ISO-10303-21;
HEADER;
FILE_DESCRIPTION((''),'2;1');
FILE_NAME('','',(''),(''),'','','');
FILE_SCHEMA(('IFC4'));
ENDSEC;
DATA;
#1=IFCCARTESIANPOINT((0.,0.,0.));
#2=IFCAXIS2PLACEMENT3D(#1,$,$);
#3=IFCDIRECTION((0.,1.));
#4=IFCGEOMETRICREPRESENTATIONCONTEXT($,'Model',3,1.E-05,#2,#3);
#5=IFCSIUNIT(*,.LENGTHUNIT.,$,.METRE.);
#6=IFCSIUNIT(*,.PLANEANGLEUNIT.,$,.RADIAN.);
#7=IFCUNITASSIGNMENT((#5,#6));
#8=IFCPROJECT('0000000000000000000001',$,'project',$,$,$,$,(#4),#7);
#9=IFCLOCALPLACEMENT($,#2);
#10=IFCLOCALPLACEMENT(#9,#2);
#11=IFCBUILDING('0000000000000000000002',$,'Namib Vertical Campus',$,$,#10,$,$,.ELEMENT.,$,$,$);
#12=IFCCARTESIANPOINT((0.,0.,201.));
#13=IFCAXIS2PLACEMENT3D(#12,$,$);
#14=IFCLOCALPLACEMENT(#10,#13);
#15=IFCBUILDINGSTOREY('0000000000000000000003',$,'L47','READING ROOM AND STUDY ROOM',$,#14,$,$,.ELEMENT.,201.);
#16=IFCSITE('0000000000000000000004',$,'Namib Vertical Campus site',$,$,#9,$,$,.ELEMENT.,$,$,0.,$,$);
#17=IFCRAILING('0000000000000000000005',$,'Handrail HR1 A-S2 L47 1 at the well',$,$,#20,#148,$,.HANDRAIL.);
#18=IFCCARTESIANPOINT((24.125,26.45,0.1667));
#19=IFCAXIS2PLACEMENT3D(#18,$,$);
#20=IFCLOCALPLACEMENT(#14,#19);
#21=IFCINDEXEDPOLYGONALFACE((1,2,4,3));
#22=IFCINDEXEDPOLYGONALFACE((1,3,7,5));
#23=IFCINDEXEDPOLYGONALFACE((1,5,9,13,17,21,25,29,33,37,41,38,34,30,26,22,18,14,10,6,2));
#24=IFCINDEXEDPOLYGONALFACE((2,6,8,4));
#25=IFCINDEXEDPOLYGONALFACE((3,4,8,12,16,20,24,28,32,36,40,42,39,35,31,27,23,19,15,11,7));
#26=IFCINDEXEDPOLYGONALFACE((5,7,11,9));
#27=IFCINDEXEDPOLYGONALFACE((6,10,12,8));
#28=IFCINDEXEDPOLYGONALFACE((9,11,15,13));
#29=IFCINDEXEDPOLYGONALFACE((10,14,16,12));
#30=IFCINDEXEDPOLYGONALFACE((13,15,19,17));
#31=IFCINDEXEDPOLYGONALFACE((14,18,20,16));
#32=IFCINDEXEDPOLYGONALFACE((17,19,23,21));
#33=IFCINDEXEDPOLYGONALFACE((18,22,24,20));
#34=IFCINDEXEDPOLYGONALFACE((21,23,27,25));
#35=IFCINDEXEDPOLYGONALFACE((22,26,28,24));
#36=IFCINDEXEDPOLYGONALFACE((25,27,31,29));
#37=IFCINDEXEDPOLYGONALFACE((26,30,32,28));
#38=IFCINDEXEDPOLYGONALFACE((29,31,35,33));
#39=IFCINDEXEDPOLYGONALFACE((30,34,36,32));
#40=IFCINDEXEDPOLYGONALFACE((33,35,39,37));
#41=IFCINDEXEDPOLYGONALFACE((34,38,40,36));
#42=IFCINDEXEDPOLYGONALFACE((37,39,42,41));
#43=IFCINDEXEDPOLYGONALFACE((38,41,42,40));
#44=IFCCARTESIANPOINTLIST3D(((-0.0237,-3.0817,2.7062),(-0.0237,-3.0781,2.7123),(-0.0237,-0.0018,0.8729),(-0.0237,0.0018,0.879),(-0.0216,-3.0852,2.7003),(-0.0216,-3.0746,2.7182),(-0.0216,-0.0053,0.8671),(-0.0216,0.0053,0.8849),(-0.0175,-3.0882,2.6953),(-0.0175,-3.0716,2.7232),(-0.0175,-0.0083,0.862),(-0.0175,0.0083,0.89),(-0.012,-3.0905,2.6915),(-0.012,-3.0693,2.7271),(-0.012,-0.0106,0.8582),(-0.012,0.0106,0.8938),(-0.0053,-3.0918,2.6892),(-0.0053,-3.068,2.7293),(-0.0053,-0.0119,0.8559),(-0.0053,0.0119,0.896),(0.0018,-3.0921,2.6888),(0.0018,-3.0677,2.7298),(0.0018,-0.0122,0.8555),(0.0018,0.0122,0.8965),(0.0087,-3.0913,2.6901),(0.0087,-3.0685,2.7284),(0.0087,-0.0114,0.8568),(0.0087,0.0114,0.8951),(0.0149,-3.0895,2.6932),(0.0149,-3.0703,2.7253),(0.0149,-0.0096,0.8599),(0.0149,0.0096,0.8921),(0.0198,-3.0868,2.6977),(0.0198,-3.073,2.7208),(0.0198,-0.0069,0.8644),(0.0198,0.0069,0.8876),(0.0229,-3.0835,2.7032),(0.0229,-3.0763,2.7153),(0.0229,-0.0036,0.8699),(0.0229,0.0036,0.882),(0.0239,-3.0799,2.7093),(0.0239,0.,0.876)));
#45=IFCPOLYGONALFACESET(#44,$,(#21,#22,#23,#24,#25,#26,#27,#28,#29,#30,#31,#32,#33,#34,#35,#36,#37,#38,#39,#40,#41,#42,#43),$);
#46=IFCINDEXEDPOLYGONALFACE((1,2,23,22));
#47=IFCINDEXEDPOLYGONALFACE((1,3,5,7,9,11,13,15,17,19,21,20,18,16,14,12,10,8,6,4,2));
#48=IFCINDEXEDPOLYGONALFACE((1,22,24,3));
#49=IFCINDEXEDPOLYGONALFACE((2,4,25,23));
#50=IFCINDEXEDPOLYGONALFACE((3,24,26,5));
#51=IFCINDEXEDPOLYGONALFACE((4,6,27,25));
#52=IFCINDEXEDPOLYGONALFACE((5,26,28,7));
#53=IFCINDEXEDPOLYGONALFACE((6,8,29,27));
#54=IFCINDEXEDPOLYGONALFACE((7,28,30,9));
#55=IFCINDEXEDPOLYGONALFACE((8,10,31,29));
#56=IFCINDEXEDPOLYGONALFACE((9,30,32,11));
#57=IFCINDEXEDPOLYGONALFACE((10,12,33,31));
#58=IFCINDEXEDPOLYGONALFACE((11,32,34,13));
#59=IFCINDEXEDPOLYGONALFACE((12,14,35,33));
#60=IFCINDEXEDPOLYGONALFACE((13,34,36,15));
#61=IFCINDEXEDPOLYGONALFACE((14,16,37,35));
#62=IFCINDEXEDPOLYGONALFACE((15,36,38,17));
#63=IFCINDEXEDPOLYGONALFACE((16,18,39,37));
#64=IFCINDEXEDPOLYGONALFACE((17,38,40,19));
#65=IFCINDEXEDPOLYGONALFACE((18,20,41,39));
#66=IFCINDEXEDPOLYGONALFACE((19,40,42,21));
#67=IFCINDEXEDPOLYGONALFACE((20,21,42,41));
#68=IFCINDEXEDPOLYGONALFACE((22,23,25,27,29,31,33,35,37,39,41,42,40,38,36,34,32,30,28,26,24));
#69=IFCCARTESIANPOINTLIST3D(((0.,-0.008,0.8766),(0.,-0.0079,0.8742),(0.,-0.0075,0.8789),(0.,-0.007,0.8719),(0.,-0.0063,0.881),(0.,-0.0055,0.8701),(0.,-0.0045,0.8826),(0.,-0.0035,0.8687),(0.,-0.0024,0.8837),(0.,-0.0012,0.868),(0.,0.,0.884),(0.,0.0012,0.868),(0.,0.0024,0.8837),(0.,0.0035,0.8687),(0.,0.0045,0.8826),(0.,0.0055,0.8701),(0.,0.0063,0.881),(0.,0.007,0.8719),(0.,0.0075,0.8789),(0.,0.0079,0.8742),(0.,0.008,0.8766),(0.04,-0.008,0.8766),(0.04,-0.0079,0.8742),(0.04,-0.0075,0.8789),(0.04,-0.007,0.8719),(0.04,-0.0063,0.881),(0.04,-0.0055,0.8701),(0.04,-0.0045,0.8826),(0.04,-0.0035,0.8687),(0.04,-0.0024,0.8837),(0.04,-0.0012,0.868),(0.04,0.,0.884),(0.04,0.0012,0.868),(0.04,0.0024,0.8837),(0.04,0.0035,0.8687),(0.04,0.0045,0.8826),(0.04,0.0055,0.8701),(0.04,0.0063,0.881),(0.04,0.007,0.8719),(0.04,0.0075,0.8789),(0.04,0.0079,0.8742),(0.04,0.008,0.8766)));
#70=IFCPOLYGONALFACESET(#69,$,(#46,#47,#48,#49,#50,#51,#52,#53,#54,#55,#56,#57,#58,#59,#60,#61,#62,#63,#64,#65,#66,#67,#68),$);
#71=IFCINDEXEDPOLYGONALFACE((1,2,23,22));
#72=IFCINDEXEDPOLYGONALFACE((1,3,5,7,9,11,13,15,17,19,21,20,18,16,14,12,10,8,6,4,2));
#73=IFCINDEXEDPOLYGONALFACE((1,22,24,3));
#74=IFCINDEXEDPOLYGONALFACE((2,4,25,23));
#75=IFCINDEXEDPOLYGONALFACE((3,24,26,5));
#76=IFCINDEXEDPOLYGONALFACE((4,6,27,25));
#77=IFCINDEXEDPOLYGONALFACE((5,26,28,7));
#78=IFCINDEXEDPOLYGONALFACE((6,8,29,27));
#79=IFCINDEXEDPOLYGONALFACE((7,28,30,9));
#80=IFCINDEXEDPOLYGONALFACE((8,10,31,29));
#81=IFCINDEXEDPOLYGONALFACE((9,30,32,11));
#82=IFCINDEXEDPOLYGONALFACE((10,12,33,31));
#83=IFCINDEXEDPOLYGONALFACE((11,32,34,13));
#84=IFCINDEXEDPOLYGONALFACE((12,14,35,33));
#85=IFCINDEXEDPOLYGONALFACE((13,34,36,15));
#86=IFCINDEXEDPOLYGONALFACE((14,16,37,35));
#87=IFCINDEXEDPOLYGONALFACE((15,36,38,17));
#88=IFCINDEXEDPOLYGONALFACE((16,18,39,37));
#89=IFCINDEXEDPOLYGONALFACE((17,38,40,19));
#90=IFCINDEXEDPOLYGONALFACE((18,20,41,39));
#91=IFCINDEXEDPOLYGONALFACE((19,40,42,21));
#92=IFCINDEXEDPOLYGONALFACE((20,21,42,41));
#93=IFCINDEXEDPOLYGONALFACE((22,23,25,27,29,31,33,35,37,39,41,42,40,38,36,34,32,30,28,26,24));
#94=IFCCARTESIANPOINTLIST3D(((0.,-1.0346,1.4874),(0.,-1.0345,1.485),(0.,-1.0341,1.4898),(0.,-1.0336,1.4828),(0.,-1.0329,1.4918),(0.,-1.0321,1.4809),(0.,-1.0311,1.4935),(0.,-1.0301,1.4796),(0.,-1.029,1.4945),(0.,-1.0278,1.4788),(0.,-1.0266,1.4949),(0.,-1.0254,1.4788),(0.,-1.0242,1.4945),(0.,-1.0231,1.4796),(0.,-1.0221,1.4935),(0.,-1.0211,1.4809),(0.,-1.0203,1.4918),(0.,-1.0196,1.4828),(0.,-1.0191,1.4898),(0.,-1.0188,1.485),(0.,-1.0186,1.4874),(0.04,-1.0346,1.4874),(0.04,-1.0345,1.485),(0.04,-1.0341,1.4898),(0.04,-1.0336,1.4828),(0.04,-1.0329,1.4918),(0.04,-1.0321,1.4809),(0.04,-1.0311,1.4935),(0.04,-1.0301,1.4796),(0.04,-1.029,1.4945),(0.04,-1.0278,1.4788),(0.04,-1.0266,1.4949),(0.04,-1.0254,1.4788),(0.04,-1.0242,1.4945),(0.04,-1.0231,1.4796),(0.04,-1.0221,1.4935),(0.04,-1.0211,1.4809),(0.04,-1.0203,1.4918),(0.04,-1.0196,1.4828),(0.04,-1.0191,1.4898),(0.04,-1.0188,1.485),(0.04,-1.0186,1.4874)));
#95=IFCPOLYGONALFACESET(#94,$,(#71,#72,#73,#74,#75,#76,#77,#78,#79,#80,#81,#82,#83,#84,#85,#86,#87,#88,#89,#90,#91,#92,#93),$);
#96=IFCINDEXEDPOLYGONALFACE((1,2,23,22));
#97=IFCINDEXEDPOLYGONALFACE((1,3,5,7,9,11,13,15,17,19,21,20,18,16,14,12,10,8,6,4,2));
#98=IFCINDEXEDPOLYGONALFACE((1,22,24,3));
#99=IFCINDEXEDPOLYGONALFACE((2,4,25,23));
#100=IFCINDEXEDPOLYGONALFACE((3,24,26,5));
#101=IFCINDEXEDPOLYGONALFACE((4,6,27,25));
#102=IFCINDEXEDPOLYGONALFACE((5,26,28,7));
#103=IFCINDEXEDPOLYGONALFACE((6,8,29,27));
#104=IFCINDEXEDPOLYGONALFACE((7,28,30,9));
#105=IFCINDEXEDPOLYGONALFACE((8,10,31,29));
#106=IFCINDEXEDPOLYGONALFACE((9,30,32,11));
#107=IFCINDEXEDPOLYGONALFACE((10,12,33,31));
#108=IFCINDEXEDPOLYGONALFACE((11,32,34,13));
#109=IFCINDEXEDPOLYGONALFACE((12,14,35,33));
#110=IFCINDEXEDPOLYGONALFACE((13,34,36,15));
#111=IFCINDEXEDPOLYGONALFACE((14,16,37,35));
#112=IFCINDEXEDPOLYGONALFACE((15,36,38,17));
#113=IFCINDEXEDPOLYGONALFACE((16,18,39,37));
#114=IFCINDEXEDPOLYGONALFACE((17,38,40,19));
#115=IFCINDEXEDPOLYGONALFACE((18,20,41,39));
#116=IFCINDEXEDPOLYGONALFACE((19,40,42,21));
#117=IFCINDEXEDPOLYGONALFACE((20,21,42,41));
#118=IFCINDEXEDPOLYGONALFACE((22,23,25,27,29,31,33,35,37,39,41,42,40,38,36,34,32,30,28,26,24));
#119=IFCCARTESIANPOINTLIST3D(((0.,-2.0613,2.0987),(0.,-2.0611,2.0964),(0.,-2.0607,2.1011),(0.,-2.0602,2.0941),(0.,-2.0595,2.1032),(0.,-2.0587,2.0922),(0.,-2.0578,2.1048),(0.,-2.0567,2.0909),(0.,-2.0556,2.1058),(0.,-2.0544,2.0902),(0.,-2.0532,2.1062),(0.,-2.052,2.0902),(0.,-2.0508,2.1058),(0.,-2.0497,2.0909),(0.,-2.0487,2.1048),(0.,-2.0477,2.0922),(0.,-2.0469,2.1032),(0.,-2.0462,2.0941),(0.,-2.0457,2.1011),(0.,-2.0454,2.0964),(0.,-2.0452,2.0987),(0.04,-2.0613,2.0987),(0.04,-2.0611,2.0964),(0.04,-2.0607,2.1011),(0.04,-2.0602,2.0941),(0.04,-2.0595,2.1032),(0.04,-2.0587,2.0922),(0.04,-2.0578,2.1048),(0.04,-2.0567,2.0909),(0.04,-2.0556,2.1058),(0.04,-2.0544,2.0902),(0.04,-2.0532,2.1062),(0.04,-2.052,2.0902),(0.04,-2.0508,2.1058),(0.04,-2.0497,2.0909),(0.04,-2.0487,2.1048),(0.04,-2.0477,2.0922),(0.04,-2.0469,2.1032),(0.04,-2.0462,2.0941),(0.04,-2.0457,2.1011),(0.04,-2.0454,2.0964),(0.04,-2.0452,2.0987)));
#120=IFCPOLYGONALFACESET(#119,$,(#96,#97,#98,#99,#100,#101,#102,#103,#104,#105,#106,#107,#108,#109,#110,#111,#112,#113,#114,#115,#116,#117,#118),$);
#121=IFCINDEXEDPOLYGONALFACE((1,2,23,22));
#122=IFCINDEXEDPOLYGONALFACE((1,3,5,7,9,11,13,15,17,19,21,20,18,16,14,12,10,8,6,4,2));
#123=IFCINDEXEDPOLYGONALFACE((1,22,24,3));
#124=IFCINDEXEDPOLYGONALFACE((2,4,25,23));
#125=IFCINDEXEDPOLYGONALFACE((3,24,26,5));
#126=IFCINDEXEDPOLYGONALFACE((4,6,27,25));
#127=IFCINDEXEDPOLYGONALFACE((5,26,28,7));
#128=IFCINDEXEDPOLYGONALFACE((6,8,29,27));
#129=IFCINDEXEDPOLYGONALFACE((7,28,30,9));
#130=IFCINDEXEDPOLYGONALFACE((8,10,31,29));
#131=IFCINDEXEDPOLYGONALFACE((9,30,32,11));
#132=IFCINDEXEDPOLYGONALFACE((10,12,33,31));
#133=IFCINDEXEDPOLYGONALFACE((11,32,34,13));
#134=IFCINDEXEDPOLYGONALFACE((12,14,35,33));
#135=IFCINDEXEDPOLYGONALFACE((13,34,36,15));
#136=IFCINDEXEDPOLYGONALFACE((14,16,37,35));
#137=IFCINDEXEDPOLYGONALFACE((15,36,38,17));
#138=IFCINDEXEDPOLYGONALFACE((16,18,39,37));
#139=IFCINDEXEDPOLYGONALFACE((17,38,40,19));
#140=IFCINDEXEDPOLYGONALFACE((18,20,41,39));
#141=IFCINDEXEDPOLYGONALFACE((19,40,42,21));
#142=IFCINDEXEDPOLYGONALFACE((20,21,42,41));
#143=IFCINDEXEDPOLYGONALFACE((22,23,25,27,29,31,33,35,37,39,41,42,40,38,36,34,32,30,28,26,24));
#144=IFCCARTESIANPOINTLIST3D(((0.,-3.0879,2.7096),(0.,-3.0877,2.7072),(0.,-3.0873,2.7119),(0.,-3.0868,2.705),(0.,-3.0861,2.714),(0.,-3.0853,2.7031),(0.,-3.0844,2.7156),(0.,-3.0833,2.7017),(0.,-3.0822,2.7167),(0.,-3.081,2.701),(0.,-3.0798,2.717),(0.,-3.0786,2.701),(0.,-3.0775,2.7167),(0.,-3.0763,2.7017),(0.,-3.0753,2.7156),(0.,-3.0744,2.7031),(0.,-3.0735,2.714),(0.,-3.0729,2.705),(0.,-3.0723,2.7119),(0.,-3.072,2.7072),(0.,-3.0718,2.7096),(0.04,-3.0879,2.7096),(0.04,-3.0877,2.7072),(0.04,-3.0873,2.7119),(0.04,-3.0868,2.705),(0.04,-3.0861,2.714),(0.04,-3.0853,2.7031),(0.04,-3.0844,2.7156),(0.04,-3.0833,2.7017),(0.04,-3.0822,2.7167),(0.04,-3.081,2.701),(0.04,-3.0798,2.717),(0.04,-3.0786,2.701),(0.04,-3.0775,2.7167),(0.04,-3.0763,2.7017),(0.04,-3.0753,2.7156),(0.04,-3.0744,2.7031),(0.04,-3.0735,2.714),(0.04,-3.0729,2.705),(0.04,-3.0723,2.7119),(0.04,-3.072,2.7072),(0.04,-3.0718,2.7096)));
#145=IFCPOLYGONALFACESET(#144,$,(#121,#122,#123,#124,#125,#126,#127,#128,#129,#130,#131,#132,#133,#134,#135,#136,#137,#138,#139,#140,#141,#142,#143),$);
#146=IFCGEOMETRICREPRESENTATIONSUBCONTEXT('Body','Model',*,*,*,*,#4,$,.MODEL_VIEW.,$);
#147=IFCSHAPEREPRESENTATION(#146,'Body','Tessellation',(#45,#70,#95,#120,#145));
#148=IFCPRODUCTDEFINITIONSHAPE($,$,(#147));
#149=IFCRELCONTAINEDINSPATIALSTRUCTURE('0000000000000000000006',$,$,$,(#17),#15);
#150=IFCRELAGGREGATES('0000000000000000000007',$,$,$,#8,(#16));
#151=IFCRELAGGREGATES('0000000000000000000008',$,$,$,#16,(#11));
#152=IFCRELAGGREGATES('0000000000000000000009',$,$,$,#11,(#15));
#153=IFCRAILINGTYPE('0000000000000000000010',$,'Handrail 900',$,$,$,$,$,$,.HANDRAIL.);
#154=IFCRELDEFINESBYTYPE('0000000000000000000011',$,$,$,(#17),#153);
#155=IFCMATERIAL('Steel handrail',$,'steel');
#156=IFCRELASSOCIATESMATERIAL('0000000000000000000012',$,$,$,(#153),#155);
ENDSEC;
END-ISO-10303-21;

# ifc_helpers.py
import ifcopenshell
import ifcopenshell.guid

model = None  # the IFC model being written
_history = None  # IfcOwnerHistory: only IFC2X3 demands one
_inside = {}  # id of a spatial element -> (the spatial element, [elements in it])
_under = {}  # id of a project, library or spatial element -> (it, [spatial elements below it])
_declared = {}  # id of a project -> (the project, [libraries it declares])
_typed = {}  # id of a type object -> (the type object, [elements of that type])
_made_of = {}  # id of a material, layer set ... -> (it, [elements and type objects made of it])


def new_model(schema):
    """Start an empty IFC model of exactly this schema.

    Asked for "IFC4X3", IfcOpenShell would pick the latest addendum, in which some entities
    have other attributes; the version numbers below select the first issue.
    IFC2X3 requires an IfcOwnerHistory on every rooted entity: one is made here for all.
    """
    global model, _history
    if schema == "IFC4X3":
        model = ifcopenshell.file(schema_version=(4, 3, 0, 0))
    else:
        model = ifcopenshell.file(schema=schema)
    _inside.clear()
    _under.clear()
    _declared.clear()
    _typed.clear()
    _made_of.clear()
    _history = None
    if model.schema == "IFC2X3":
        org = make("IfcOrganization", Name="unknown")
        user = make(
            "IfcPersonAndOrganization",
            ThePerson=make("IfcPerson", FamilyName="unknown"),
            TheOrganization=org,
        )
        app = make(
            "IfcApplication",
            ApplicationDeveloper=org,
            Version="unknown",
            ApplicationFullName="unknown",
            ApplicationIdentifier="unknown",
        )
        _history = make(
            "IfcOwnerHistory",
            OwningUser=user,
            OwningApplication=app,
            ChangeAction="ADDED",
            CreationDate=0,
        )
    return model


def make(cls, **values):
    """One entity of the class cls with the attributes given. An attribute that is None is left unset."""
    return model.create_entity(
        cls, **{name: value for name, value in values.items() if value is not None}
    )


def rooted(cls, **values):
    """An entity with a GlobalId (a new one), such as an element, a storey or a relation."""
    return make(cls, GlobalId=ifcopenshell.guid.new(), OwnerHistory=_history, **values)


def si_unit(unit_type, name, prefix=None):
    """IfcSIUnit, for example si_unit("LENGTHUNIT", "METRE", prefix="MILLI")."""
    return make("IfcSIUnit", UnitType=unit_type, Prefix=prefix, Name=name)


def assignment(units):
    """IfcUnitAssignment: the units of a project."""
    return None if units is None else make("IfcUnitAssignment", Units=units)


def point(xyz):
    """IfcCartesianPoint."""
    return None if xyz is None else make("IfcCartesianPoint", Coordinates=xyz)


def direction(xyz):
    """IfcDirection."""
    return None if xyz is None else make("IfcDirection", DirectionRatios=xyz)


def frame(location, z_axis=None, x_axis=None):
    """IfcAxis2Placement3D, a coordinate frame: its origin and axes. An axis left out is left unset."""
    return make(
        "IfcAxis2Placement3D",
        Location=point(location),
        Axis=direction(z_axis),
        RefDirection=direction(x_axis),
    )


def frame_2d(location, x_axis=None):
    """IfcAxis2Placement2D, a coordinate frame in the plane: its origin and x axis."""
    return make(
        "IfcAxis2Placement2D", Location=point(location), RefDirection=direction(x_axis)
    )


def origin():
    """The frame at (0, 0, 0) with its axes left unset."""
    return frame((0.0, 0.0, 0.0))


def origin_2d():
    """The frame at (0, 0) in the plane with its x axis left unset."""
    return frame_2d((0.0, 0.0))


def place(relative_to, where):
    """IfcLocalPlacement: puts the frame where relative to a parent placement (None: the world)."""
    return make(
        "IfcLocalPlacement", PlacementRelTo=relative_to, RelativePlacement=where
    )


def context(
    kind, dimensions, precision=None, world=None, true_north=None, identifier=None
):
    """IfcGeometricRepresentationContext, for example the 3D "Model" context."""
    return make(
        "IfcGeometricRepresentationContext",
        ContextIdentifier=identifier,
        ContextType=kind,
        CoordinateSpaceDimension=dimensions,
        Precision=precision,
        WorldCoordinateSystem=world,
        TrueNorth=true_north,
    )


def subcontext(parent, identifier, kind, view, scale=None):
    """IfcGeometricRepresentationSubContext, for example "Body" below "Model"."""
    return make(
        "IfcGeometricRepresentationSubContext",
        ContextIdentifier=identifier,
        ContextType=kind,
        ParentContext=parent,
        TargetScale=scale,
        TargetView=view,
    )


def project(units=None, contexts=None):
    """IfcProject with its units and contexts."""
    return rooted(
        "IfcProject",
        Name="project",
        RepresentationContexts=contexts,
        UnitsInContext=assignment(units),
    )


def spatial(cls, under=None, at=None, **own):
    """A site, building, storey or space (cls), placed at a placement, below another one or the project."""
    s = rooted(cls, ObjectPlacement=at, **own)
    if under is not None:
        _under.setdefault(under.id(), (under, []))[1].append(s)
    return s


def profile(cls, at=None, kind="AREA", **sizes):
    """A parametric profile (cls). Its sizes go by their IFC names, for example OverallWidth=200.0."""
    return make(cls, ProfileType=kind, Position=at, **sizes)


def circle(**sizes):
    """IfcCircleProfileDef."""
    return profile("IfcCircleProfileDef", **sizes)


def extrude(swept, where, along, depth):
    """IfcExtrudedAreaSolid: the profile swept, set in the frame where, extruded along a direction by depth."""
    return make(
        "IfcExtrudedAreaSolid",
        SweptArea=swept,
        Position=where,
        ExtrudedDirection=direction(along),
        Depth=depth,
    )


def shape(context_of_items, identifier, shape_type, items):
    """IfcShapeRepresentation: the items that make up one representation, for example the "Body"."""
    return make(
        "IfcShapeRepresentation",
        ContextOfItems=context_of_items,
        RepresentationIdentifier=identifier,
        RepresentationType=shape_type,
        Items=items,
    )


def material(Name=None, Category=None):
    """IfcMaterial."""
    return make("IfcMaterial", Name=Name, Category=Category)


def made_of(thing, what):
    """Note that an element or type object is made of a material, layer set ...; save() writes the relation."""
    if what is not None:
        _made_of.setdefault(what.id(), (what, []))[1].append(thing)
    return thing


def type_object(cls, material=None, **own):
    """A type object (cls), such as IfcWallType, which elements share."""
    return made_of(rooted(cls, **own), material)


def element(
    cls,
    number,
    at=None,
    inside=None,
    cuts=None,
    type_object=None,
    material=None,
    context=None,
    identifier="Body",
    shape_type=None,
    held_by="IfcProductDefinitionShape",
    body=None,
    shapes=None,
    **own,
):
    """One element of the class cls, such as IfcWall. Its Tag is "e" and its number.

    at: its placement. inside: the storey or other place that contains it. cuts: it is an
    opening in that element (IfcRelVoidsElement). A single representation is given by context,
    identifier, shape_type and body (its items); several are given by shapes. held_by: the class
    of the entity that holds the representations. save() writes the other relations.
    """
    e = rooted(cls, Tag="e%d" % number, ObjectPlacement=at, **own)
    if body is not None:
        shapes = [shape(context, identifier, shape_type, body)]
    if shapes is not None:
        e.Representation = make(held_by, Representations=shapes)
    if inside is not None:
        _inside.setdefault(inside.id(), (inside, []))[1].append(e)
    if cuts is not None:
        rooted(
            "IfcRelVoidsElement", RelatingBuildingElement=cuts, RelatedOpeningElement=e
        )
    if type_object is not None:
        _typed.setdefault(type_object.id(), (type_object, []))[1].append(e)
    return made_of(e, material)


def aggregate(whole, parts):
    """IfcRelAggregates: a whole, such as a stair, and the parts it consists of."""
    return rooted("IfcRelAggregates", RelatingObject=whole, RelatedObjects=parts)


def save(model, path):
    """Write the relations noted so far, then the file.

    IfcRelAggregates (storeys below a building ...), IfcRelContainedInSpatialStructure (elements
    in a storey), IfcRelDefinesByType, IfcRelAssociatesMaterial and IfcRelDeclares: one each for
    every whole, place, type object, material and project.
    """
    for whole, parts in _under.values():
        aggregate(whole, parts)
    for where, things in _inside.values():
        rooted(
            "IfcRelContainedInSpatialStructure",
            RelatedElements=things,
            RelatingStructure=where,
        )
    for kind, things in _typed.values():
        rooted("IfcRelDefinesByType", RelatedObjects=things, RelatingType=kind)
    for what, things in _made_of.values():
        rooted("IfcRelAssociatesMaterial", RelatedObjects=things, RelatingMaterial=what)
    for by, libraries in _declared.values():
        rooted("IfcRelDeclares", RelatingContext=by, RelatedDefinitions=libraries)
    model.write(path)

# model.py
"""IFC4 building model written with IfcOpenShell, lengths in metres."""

from ifc_helpers import new_model, si_unit, direction, frame, origin, origin_2d, place, context, subcontext, project, spatial, circle, extrude, material, type_object, element, save


model = new_model("IFC4")

# Units and contexts
model_context = context("Model", 3, precision=1e-05, world=origin(), true_north=direction((0.0, 1.0)))
body_context = subcontext(model_context, "Body", "Model", "MODEL_VIEW")
ifc_project = project(units=[si_unit("LENGTHUNIT", "METRE"), si_unit("PLANEANGLEUNIT", "RADIAN")], contexts=[model_context])

# Site, building, storey
site_placement = place(None, origin())
site = spatial("IfcSite", under=ifc_project, at=site_placement, Name="Namib Vertical Campus site", CompositionType="ELEMENT", RefElevation=0.0)
building_placement = place(site_placement, origin())
building = spatial("IfcBuilding", under=site, at=building_placement, Name="Namib Vertical Campus", CompositionType="ELEMENT")
storey_placement = place(building_placement, frame((0.0, 0.0, 201.0)))
storey = spatial("IfcBuildingStorey", under=building, at=storey_placement, Name="L47", Description="READING ROOM AND STUDY ROOM", CompositionType="ELEMENT", Elevation=201.0)

# Railing
ifc_material_1 = material(Name="Steel handrail", Category="steel")
railing_type_1 = type_object("IfcRailingType", Name="Handrail 900", PredefinedType="HANDRAIL", material=ifc_material_1)
railing_1_placement = place(storey_placement, frame((24.125, 26.45, 0.1667)))
element("IfcRailing", 1, at=railing_1_placement, inside=storey, type_object=railing_type_1, Name="Handrail HR1 A-S2 L47 1 at the well", PredefinedType="HANDRAIL", context=body_context, shape_type="SweptSolid", body=[
    extrude(circle(Radius=0.0239, at=origin_2d()), frame((0.0, 0.0, 0.876), z_axis=(0.0, -0.859291, 0.511487), x_axis=(1.0, 0.0, 0.0)), (0.0, 0.0, 1.0), 3.5842),
    extrude(circle(Radius=0.0081, at=origin_2d()), frame((0.0, 0.0, 0.876), z_axis=(1.0, 0.0, 0.0), x_axis=(0.0, 0.0, 1.0)), (0.0, 0.0, 1.0), 0.04),
    extrude(circle(Radius=0.0081, at=origin_2d()), frame((0.0, -1.0266, 1.4868), z_axis=(1.0, 0.0, 0.0), x_axis=(0.0, 0.0, 1.0)), (0.0, 0.0, 1.0), 0.04),
    extrude(circle(Radius=0.0081, at=origin_2d()), frame((0.0, -2.0532, 2.0981), z_axis=(1.0, 0.0, 0.0), x_axis=(0.0, 0.0, 1.0)), (0.0, 0.0, 1.0), 0.04),
    extrude(circle(Radius=0.0081, at=origin_2d()), frame((0.0, -3.0798, 2.709), z_axis=(1.0, 0.0, 0.0), x_axis=(0.0, 0.0, 1.0)), (0.0, 0.0, 1.0), 0.04),
])

save(model, "model.ifc")
